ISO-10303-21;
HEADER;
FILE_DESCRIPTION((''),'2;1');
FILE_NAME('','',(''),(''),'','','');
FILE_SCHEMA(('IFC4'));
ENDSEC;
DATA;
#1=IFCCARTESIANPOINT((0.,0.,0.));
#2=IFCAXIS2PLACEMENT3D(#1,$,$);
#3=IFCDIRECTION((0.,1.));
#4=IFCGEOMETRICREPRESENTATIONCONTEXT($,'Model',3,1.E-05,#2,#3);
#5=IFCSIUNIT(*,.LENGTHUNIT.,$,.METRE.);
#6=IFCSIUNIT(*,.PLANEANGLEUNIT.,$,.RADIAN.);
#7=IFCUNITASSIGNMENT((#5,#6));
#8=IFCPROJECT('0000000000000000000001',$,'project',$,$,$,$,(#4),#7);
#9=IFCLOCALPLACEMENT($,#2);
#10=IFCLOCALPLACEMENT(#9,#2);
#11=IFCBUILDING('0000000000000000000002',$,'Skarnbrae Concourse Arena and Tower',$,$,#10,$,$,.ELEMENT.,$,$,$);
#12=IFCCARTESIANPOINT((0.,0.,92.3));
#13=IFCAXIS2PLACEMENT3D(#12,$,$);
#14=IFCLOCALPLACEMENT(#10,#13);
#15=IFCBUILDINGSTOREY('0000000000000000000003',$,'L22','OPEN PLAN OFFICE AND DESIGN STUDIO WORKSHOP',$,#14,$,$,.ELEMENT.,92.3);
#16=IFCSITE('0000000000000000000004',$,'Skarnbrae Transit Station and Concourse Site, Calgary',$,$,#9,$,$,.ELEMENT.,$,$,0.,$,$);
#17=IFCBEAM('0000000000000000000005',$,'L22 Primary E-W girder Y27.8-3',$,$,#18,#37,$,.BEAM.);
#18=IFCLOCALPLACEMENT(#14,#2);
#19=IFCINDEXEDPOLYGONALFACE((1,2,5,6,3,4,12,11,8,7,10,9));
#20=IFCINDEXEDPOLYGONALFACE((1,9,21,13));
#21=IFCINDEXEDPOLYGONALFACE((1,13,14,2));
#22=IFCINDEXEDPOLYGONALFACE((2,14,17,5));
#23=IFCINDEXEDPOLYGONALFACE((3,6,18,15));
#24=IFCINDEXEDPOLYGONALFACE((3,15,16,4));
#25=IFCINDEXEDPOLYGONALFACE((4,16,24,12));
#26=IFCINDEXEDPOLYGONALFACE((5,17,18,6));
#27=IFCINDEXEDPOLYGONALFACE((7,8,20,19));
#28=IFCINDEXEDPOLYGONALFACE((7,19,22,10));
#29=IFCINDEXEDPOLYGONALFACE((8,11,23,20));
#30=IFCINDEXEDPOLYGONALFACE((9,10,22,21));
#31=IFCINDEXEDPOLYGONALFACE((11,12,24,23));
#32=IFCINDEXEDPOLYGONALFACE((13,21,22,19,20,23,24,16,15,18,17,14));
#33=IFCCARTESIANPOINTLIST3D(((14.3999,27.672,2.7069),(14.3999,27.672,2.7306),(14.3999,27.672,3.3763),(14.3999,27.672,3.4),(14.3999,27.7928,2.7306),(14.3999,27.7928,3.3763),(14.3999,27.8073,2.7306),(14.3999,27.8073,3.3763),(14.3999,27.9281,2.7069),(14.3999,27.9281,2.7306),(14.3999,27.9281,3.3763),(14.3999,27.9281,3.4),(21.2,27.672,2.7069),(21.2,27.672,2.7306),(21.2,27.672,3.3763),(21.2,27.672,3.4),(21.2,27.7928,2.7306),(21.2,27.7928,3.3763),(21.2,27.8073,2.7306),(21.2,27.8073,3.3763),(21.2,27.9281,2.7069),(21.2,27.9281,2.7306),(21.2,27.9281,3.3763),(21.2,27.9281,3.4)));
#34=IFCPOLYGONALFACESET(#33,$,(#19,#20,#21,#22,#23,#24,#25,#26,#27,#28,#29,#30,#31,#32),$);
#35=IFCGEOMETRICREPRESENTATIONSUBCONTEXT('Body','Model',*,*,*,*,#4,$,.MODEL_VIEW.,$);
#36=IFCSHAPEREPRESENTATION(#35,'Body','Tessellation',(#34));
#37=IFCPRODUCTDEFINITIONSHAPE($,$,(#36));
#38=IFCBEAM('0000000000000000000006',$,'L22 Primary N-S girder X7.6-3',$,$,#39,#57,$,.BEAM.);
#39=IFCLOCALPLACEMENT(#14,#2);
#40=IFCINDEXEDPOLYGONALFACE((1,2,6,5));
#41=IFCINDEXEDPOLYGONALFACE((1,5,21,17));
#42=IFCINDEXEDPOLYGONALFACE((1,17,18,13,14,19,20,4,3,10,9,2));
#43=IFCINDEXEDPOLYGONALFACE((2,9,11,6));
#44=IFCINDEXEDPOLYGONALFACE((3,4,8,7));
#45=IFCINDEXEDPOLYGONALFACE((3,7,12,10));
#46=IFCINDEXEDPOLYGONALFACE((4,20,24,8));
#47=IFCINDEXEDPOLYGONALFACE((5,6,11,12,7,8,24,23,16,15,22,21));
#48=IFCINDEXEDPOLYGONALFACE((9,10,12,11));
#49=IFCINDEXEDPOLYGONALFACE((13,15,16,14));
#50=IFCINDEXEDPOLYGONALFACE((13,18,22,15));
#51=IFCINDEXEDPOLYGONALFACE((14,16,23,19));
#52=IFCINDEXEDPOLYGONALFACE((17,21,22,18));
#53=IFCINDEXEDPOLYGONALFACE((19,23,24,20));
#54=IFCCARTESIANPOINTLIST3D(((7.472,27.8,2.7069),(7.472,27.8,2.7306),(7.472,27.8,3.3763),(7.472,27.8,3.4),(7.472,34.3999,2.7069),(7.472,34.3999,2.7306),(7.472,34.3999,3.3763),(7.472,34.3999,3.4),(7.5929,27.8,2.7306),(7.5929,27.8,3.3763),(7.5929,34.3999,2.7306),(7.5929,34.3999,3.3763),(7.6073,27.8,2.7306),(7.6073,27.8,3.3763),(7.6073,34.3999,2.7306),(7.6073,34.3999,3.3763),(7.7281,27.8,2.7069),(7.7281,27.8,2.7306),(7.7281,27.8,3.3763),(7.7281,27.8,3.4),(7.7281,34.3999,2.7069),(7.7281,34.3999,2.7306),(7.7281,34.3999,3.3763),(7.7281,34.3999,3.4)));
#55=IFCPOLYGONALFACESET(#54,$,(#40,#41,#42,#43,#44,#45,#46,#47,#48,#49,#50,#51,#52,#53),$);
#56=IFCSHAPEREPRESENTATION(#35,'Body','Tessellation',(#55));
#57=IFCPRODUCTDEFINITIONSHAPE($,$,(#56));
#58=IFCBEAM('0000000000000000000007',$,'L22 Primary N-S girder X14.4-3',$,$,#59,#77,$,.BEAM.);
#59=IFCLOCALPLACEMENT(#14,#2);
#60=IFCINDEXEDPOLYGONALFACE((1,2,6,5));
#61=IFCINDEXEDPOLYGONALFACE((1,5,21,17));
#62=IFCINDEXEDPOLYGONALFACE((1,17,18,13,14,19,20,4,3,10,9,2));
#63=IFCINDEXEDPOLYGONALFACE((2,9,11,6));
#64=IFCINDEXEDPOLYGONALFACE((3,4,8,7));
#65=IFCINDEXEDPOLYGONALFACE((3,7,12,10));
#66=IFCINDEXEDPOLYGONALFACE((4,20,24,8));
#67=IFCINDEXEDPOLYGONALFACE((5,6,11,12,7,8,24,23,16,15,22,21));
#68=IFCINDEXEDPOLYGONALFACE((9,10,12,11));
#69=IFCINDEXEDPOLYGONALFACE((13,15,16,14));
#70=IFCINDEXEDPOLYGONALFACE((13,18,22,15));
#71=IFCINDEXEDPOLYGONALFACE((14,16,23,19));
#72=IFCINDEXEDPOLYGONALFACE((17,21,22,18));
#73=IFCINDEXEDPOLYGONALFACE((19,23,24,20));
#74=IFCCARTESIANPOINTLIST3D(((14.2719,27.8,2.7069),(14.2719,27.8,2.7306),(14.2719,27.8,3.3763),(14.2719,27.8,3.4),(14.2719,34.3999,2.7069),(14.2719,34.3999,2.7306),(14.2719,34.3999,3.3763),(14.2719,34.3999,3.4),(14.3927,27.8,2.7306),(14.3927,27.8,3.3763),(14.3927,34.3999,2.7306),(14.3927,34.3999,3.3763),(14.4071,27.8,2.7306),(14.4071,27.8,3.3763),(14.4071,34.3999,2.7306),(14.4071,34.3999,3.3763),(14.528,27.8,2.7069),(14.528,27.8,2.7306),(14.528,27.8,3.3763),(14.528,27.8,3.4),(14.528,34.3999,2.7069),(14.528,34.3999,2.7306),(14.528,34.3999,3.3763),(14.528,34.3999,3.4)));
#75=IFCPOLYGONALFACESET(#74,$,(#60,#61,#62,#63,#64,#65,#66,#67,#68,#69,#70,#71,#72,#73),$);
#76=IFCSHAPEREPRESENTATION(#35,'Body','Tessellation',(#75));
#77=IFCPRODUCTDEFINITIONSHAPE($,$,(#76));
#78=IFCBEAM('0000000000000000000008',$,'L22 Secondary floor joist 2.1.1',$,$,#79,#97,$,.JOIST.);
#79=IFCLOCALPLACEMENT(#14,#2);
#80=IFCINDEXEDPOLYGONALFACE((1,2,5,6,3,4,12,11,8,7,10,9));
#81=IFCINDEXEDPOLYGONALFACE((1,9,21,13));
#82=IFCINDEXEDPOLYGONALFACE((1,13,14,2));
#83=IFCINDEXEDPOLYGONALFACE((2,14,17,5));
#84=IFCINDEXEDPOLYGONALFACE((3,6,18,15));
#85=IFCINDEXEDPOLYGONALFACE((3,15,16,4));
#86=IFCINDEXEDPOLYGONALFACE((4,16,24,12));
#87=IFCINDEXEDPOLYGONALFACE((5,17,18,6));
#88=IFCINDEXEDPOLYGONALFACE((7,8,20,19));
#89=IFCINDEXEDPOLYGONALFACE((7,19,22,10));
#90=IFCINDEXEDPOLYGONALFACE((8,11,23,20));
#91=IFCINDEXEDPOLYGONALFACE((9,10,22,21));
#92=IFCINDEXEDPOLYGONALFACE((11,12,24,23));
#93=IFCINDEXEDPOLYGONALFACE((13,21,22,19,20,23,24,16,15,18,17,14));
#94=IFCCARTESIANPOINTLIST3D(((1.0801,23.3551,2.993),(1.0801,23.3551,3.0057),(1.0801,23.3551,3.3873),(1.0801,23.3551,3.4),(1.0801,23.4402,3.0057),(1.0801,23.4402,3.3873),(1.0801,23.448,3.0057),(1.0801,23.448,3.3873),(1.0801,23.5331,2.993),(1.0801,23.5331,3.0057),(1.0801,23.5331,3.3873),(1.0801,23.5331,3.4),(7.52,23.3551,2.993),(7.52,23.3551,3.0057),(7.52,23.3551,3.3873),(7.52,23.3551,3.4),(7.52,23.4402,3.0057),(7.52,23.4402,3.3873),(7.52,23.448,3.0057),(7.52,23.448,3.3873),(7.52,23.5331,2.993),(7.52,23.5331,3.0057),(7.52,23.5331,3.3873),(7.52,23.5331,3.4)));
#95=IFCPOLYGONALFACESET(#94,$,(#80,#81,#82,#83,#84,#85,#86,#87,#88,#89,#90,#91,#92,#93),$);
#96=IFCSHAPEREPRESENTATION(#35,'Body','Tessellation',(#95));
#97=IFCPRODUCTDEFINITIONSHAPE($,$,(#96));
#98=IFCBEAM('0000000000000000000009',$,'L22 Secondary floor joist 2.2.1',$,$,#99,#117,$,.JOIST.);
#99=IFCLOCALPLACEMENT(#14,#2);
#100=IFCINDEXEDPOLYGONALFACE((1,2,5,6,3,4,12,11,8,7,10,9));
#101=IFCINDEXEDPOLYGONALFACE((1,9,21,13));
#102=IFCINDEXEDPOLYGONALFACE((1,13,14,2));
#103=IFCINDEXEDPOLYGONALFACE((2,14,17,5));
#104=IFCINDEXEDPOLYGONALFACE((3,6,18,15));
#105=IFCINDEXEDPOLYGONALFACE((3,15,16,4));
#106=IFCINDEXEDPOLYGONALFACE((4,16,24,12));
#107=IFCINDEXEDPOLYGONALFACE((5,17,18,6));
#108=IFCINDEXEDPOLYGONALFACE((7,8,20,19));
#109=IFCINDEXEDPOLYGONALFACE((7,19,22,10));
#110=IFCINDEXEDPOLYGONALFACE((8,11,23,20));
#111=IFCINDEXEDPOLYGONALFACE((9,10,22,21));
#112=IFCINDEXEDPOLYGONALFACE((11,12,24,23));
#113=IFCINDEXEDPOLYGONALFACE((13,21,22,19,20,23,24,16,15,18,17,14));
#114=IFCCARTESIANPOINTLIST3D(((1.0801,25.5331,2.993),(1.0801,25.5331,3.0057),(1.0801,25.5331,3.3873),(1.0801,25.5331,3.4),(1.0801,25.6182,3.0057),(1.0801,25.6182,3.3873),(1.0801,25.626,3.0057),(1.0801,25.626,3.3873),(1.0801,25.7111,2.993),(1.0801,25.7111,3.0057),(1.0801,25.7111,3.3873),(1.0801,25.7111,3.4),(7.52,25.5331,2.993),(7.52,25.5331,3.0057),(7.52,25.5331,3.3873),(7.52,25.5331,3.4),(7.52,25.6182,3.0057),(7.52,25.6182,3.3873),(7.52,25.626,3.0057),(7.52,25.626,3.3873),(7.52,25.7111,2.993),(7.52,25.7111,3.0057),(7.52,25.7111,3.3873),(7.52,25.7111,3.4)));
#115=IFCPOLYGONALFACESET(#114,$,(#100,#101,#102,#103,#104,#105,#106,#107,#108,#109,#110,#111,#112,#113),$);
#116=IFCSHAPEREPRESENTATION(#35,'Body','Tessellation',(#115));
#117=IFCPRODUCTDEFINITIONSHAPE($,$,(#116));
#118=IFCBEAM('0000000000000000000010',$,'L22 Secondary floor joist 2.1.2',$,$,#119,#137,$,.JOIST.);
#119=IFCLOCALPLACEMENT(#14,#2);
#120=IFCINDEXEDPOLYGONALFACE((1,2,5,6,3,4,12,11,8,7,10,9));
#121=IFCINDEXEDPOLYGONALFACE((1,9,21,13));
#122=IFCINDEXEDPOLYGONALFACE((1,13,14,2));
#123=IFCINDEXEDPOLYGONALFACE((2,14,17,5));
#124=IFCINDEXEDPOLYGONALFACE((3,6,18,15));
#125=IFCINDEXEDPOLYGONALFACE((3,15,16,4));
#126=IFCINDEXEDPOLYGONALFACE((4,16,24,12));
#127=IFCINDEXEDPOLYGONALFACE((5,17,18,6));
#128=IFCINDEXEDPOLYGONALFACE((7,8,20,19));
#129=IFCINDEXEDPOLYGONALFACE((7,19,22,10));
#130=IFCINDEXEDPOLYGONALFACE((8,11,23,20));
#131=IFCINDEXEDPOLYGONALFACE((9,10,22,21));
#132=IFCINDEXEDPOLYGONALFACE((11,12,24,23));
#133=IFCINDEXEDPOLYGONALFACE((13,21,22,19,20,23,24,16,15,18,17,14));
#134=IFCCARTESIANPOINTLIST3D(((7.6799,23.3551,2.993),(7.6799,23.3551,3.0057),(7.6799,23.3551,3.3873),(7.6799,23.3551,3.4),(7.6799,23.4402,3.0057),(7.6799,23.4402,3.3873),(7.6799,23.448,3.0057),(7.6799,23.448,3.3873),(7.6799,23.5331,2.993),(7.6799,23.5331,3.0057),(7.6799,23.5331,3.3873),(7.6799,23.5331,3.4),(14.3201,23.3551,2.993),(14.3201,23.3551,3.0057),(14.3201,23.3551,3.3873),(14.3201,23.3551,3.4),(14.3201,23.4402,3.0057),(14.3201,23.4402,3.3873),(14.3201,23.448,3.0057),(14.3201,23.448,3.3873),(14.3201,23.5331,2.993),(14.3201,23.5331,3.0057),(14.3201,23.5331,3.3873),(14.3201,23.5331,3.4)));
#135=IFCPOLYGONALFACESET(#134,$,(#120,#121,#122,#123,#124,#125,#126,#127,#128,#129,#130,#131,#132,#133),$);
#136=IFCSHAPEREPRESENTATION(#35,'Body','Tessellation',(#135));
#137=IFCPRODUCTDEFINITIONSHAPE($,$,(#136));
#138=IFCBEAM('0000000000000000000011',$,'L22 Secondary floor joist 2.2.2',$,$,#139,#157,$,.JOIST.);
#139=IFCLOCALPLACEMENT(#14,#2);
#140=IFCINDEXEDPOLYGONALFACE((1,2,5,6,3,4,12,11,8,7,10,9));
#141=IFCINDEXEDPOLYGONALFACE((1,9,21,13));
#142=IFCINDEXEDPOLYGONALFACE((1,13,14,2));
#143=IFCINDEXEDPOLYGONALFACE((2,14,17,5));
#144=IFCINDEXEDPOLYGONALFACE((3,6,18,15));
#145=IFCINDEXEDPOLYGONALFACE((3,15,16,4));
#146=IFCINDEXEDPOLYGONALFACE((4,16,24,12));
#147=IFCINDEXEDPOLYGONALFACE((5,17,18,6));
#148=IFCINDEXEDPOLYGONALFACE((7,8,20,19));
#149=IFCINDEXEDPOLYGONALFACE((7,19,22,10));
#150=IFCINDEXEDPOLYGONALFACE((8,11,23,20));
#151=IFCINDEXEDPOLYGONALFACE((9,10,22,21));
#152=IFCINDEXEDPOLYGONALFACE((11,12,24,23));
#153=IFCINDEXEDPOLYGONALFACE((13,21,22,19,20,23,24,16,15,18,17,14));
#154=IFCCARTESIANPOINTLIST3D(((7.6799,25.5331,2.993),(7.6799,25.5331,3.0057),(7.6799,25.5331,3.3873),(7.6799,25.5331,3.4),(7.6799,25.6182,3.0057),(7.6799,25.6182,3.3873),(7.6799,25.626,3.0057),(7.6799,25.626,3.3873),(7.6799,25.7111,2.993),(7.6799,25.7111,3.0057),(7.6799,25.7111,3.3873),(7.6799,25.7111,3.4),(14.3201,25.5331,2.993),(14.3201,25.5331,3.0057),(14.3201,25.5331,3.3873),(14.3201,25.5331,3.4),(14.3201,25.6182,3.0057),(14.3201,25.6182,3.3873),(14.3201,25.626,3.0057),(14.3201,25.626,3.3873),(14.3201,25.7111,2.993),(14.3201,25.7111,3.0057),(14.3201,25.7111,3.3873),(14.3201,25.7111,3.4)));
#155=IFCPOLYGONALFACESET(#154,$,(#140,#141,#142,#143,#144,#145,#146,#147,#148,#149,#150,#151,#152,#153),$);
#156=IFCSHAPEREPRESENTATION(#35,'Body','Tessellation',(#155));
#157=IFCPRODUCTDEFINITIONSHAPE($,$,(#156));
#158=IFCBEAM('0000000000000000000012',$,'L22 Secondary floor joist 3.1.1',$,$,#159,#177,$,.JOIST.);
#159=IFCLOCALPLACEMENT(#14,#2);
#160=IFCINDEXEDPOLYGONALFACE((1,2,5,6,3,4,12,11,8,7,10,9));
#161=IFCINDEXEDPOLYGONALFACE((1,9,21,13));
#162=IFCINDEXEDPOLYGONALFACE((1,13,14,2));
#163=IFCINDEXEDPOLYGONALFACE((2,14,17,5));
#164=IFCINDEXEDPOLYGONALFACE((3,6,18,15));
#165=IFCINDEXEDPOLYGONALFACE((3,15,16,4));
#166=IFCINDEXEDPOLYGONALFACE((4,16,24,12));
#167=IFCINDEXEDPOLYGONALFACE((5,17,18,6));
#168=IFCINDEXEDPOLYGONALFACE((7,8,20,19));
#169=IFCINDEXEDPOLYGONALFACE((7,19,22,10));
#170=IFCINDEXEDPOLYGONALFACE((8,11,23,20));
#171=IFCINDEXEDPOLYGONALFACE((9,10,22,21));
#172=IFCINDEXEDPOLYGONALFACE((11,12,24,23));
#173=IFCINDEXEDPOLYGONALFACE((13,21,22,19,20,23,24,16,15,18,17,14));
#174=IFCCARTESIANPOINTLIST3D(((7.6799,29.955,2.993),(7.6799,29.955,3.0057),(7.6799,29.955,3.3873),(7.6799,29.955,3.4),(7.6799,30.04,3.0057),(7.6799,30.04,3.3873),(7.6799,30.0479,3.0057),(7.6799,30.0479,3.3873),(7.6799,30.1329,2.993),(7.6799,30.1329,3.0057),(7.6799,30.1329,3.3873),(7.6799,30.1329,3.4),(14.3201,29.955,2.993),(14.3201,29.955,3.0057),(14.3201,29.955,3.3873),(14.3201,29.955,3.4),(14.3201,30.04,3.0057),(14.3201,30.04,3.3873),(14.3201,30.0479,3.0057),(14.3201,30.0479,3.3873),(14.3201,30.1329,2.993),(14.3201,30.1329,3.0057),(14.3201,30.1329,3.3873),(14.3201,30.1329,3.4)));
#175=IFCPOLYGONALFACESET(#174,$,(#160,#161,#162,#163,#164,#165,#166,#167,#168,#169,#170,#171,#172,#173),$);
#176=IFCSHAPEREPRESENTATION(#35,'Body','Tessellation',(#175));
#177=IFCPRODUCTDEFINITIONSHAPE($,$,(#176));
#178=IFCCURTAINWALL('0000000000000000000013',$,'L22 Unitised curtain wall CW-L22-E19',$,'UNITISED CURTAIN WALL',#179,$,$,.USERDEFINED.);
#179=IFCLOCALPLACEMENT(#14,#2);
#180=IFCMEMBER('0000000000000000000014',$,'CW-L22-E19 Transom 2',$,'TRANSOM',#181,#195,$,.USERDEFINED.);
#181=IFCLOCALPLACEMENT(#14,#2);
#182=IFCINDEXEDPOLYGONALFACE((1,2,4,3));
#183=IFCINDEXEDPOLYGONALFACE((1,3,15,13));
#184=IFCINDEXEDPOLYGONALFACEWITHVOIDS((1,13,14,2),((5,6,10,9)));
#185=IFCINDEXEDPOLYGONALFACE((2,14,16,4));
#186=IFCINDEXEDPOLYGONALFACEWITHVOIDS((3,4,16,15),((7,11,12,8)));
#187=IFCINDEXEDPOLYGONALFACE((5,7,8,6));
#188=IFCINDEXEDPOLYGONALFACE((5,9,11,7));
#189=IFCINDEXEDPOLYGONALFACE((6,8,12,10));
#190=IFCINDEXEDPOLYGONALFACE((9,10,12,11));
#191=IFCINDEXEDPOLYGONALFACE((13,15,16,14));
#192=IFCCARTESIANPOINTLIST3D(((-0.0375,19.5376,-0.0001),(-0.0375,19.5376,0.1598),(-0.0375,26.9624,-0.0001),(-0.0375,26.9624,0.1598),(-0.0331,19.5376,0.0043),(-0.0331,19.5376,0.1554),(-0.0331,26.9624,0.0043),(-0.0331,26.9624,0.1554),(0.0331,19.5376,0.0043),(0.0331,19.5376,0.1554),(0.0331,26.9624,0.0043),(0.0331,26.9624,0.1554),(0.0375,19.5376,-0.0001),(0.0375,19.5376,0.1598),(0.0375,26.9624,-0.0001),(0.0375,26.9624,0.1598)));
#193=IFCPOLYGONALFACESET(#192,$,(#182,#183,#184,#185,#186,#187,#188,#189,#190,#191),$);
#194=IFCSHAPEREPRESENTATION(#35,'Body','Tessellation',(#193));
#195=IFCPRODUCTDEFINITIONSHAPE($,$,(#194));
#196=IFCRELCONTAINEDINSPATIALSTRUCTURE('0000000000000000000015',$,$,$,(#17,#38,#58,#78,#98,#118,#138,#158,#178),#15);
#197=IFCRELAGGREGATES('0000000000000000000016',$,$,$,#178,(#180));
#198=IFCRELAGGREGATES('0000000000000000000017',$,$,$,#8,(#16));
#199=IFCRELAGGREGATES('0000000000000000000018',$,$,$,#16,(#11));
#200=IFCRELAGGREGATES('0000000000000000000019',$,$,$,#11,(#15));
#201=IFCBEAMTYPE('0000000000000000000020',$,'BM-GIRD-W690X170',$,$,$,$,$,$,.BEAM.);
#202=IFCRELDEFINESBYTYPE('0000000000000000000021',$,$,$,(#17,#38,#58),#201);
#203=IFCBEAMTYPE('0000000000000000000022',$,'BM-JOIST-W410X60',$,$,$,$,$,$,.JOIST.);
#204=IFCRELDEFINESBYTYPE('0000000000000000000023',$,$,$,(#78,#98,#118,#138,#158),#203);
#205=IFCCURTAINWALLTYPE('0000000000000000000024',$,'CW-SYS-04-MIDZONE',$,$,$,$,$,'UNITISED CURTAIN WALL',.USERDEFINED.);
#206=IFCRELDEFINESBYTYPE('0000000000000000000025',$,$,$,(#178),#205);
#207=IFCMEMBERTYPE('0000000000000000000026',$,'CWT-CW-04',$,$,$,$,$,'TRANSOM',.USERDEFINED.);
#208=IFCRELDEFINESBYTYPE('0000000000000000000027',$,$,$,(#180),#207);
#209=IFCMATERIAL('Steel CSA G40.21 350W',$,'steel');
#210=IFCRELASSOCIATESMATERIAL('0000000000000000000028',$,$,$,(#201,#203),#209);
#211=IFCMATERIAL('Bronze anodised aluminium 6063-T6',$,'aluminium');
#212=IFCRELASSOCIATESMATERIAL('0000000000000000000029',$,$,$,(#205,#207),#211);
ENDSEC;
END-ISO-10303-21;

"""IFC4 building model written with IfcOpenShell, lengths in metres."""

from ifc_helpers import new_model, si_unit, direction, frame, origin, origin_2d, place, context, subcontext, project, spatial, hollow_rectangle, i_section, extrude, source, transform, mapped, material, material_profile, profile_set, type_object, element, aggregate, save


model = new_model("IFC4")

# Units and contexts
model_context = context("Model", 3, precision=1e-05, world=origin(), true_north=direction((0.0, 1.0)))
body_context = subcontext(model_context, "Body", "Model", "MODEL_VIEW")
ifc_project = project(units=[si_unit("LENGTHUNIT", "METRE"), si_unit("PLANEANGLEUNIT", "RADIAN")], contexts=[model_context])

# Site, building, storey
site_placement = place(None, origin())
site = spatial("IfcSite", under=ifc_project, at=site_placement, Name="Skarnbrae Transit Station and Concourse Site, Calgary", CompositionType="ELEMENT", RefElevation=0.0)
building_placement = place(site_placement, origin())
building = spatial("IfcBuilding", under=site, at=building_placement, Name="Skarnbrae Concourse Arena and Tower", CompositionType="ELEMENT")
storey_placement = place(building_placement, frame((0.0, 0.0, 92.3)))
storey = spatial("IfcBuildingStorey", under=building, at=storey_placement, Name="L22", Description="OPEN PLAN OFFICE AND DESIGN STUDIO WORKSHOP", CompositionType="ELEMENT", Elevation=92.3)

# Shared definitions
ifc_material_1 = material(Name="Steel CSA G40.21 350W", Category="steel")

# Beams
ifc_material_profile_1 = material_profile(ifc_material_1, i_section(OverallWidth=0.2561, OverallDepth=0.6931, WebThickness=0.0144, FlangeThickness=0.0237, at=origin_2d()), Name="W690X170")
ifc_profile_set_1 = profile_set([ifc_material_profile_1], Name="Steel CSA G40.21 350W")
beam_type_1 = type_object("IfcBeamType", Name="BM-GIRD-W690X170", PredefinedType="BEAM", material=ifc_profile_set_1)
shared_shape_1 = source(origin(), body_context, "Body", "SweptSolid", [
    extrude(i_section(OverallWidth=0.2561, OverallDepth=0.6931, WebThickness=0.0144, FlangeThickness=0.0237, at=origin_2d()), origin(), (0.0, 0.0, 1.0), 6.8),
])
for number, where, z_axis, x_axis, name in (
    (1, (14.3999, 27.8, 3.0535), (1.0, 0.0, 0.0), (0.0, 1.0, 0.0), "L22 Primary E-W girder Y27.8-3"),
):
    element("IfcBeam", number, at=place(storey_placement, frame(where, z_axis=z_axis, x_axis=x_axis)), inside=storey, type_object=beam_type_1, Name=name, PredefinedType="BEAM", context=body_context, shape_type="MappedRepresentation", body=[
        mapped(shared_shape_1, transform((0.0, 0.0, 0.0))),
    ])
shared_shape_2 = source(origin(), body_context, "Body", "SweptSolid", [
    extrude(i_section(OverallWidth=0.2561, OverallDepth=0.6931, WebThickness=0.0144, FlangeThickness=0.0237, at=origin_2d()), origin(), (0.0, 0.0, 1.0), 6.5999),
])
for number, where, z_axis, x_axis, name in (
    (2, (7.6001, 27.8, 3.0535), (0.0, 1.0, 0.0), (-1.0, 0.0, 0.0), "L22 Primary N-S girder X7.6-3"),
    (3, (14.3999, 27.8, 3.0535), (0.0, 1.0, 0.0), (-1.0, 0.0, 0.0), "L22 Primary N-S girder X14.4-3"),
):
    element("IfcBeam", number, at=place(storey_placement, frame(where, z_axis=z_axis, x_axis=x_axis)), inside=storey, type_object=beam_type_1, Name=name, PredefinedType="BEAM", context=body_context, shape_type="MappedRepresentation", body=[
        mapped(shared_shape_2, transform((0.0, 0.0, 0.0))),
    ])
ifc_material_profile_2 = material_profile(ifc_material_1, i_section(OverallWidth=0.178, OverallDepth=0.407, WebThickness=0.0078, FlangeThickness=0.0127, at=origin_2d()), Name="W410X60")
ifc_profile_set_2 = profile_set([ifc_material_profile_2], Name="Steel CSA G40.21 350W")
beam_type_2 = type_object("IfcBeamType", Name="BM-JOIST-W410X60", PredefinedType="JOIST", material=ifc_profile_set_2)
shared_shape_3 = source(origin(), body_context, "Body", "SweptSolid", [
    extrude(i_section(OverallWidth=0.178, OverallDepth=0.407, WebThickness=0.0078, FlangeThickness=0.0127, at=origin_2d()), origin(), (0.0, 0.0, 1.0), 6.4399),
])
for number, where, z_axis, x_axis, name in (
    (4, (1.0801, 23.4441, 3.1965), (1.0, 0.0, 0.0), (0.0, 1.0, 0.0), "L22 Secondary floor joist 2.1.1"),
    (5, (1.0801, 25.6221, 3.1965), (1.0, 0.0, 0.0), (0.0, 1.0, 0.0), "L22 Secondary floor joist 2.2.1"),
):
    element("IfcBeam", number, at=place(storey_placement, frame(where, z_axis=z_axis, x_axis=x_axis)), inside=storey, type_object=beam_type_2, Name=name, PredefinedType="JOIST", context=body_context, shape_type="MappedRepresentation", body=[
        mapped(shared_shape_3, transform((0.0, 0.0, 0.0))),
    ])
shared_shape_4 = source(origin(), body_context, "Body", "SweptSolid", [
    extrude(i_section(OverallWidth=0.178, OverallDepth=0.407, WebThickness=0.0078, FlangeThickness=0.0127, at=origin_2d()), origin(), (0.0, 0.0, 1.0), 6.6401),
])
for number, where, z_axis, x_axis, name in (
    (6, (7.6799, 23.4441, 3.1965), (1.0, 0.0, 0.0), (0.0, 1.0, 0.0), "L22 Secondary floor joist 2.1.2"),
    (7, (7.6799, 25.6221, 3.1965), (1.0, 0.0, 0.0), (0.0, 1.0, 0.0), "L22 Secondary floor joist 2.2.2"),
    (8, (7.6799, 30.0439, 3.1965), (1.0, 0.0, 0.0), (0.0, 1.0, 0.0), "L22 Secondary floor joist 3.1.1"),
):
    element("IfcBeam", number, at=place(storey_placement, frame(where, z_axis=z_axis, x_axis=x_axis)), inside=storey, type_object=beam_type_2, Name=name, PredefinedType="JOIST", context=body_context, shape_type="MappedRepresentation", body=[
        mapped(shared_shape_4, transform((0.0, 0.0, 0.0))),
    ])

# Curtain wall, member
ifc_material_2 = material(Name="Bronze anodised aluminium 6063-T6", Category="aluminium")
curtain_wall_type = type_object("IfcCurtainWallType", Name="CW-SYS-04-MIDZONE", ElementType="UNITISED CURTAIN WALL", PredefinedType="USERDEFINED", material=ifc_material_2)
curtain_wall_placement = place(storey_placement, origin())
curtain_wall = element("IfcCurtainWall", 9, at=curtain_wall_placement, inside=storey, type_object=curtain_wall_type, Name="L22 Unitised curtain wall CW-L22-E19", ObjectType="UNITISED CURTAIN WALL", PredefinedType="USERDEFINED")
ifc_material_profile_3 = material_profile(ifc_material_2, hollow_rectangle(XDim=0.075, YDim=0.1599, WallThickness=0.0044, at=origin_2d()), Name="ALU-TRAN-75X160")
ifc_profile_set_3 = profile_set([ifc_material_profile_3], Name="Bronze anodised aluminium 6063-T6")
member_type_1 = type_object("IfcMemberType", Name="CWT-CW-04", ElementType="TRANSOM", PredefinedType="USERDEFINED", material=ifc_profile_set_3)
shared_shape_5 = source(origin(), body_context, "Body", "SweptSolid", [
    extrude(hollow_rectangle(XDim=0.075, YDim=0.1599, WallThickness=0.0044, at=origin_2d()), origin(), (0.0, 0.0, 1.0), 7.4248),
])
member_1_placement = place(storey_placement, frame((0.0, 26.9624, 0.0798), z_axis=(0.0, -1.0, 0.0), x_axis=(1.0, 0.0, 0.0)))
member_1 = element("IfcMember", 10, at=member_1_placement, type_object=member_type_1, Name="CW-L22-E19 Transom 2", ObjectType="TRANSOM", PredefinedType="USERDEFINED", context=body_context, shape_type="MappedRepresentation", body=[
    mapped(shared_shape_5, transform((0.0, 0.0, 0.0))),
])
aggregate(curtain_wall, [member_1])

save(model, "model.ifc")
